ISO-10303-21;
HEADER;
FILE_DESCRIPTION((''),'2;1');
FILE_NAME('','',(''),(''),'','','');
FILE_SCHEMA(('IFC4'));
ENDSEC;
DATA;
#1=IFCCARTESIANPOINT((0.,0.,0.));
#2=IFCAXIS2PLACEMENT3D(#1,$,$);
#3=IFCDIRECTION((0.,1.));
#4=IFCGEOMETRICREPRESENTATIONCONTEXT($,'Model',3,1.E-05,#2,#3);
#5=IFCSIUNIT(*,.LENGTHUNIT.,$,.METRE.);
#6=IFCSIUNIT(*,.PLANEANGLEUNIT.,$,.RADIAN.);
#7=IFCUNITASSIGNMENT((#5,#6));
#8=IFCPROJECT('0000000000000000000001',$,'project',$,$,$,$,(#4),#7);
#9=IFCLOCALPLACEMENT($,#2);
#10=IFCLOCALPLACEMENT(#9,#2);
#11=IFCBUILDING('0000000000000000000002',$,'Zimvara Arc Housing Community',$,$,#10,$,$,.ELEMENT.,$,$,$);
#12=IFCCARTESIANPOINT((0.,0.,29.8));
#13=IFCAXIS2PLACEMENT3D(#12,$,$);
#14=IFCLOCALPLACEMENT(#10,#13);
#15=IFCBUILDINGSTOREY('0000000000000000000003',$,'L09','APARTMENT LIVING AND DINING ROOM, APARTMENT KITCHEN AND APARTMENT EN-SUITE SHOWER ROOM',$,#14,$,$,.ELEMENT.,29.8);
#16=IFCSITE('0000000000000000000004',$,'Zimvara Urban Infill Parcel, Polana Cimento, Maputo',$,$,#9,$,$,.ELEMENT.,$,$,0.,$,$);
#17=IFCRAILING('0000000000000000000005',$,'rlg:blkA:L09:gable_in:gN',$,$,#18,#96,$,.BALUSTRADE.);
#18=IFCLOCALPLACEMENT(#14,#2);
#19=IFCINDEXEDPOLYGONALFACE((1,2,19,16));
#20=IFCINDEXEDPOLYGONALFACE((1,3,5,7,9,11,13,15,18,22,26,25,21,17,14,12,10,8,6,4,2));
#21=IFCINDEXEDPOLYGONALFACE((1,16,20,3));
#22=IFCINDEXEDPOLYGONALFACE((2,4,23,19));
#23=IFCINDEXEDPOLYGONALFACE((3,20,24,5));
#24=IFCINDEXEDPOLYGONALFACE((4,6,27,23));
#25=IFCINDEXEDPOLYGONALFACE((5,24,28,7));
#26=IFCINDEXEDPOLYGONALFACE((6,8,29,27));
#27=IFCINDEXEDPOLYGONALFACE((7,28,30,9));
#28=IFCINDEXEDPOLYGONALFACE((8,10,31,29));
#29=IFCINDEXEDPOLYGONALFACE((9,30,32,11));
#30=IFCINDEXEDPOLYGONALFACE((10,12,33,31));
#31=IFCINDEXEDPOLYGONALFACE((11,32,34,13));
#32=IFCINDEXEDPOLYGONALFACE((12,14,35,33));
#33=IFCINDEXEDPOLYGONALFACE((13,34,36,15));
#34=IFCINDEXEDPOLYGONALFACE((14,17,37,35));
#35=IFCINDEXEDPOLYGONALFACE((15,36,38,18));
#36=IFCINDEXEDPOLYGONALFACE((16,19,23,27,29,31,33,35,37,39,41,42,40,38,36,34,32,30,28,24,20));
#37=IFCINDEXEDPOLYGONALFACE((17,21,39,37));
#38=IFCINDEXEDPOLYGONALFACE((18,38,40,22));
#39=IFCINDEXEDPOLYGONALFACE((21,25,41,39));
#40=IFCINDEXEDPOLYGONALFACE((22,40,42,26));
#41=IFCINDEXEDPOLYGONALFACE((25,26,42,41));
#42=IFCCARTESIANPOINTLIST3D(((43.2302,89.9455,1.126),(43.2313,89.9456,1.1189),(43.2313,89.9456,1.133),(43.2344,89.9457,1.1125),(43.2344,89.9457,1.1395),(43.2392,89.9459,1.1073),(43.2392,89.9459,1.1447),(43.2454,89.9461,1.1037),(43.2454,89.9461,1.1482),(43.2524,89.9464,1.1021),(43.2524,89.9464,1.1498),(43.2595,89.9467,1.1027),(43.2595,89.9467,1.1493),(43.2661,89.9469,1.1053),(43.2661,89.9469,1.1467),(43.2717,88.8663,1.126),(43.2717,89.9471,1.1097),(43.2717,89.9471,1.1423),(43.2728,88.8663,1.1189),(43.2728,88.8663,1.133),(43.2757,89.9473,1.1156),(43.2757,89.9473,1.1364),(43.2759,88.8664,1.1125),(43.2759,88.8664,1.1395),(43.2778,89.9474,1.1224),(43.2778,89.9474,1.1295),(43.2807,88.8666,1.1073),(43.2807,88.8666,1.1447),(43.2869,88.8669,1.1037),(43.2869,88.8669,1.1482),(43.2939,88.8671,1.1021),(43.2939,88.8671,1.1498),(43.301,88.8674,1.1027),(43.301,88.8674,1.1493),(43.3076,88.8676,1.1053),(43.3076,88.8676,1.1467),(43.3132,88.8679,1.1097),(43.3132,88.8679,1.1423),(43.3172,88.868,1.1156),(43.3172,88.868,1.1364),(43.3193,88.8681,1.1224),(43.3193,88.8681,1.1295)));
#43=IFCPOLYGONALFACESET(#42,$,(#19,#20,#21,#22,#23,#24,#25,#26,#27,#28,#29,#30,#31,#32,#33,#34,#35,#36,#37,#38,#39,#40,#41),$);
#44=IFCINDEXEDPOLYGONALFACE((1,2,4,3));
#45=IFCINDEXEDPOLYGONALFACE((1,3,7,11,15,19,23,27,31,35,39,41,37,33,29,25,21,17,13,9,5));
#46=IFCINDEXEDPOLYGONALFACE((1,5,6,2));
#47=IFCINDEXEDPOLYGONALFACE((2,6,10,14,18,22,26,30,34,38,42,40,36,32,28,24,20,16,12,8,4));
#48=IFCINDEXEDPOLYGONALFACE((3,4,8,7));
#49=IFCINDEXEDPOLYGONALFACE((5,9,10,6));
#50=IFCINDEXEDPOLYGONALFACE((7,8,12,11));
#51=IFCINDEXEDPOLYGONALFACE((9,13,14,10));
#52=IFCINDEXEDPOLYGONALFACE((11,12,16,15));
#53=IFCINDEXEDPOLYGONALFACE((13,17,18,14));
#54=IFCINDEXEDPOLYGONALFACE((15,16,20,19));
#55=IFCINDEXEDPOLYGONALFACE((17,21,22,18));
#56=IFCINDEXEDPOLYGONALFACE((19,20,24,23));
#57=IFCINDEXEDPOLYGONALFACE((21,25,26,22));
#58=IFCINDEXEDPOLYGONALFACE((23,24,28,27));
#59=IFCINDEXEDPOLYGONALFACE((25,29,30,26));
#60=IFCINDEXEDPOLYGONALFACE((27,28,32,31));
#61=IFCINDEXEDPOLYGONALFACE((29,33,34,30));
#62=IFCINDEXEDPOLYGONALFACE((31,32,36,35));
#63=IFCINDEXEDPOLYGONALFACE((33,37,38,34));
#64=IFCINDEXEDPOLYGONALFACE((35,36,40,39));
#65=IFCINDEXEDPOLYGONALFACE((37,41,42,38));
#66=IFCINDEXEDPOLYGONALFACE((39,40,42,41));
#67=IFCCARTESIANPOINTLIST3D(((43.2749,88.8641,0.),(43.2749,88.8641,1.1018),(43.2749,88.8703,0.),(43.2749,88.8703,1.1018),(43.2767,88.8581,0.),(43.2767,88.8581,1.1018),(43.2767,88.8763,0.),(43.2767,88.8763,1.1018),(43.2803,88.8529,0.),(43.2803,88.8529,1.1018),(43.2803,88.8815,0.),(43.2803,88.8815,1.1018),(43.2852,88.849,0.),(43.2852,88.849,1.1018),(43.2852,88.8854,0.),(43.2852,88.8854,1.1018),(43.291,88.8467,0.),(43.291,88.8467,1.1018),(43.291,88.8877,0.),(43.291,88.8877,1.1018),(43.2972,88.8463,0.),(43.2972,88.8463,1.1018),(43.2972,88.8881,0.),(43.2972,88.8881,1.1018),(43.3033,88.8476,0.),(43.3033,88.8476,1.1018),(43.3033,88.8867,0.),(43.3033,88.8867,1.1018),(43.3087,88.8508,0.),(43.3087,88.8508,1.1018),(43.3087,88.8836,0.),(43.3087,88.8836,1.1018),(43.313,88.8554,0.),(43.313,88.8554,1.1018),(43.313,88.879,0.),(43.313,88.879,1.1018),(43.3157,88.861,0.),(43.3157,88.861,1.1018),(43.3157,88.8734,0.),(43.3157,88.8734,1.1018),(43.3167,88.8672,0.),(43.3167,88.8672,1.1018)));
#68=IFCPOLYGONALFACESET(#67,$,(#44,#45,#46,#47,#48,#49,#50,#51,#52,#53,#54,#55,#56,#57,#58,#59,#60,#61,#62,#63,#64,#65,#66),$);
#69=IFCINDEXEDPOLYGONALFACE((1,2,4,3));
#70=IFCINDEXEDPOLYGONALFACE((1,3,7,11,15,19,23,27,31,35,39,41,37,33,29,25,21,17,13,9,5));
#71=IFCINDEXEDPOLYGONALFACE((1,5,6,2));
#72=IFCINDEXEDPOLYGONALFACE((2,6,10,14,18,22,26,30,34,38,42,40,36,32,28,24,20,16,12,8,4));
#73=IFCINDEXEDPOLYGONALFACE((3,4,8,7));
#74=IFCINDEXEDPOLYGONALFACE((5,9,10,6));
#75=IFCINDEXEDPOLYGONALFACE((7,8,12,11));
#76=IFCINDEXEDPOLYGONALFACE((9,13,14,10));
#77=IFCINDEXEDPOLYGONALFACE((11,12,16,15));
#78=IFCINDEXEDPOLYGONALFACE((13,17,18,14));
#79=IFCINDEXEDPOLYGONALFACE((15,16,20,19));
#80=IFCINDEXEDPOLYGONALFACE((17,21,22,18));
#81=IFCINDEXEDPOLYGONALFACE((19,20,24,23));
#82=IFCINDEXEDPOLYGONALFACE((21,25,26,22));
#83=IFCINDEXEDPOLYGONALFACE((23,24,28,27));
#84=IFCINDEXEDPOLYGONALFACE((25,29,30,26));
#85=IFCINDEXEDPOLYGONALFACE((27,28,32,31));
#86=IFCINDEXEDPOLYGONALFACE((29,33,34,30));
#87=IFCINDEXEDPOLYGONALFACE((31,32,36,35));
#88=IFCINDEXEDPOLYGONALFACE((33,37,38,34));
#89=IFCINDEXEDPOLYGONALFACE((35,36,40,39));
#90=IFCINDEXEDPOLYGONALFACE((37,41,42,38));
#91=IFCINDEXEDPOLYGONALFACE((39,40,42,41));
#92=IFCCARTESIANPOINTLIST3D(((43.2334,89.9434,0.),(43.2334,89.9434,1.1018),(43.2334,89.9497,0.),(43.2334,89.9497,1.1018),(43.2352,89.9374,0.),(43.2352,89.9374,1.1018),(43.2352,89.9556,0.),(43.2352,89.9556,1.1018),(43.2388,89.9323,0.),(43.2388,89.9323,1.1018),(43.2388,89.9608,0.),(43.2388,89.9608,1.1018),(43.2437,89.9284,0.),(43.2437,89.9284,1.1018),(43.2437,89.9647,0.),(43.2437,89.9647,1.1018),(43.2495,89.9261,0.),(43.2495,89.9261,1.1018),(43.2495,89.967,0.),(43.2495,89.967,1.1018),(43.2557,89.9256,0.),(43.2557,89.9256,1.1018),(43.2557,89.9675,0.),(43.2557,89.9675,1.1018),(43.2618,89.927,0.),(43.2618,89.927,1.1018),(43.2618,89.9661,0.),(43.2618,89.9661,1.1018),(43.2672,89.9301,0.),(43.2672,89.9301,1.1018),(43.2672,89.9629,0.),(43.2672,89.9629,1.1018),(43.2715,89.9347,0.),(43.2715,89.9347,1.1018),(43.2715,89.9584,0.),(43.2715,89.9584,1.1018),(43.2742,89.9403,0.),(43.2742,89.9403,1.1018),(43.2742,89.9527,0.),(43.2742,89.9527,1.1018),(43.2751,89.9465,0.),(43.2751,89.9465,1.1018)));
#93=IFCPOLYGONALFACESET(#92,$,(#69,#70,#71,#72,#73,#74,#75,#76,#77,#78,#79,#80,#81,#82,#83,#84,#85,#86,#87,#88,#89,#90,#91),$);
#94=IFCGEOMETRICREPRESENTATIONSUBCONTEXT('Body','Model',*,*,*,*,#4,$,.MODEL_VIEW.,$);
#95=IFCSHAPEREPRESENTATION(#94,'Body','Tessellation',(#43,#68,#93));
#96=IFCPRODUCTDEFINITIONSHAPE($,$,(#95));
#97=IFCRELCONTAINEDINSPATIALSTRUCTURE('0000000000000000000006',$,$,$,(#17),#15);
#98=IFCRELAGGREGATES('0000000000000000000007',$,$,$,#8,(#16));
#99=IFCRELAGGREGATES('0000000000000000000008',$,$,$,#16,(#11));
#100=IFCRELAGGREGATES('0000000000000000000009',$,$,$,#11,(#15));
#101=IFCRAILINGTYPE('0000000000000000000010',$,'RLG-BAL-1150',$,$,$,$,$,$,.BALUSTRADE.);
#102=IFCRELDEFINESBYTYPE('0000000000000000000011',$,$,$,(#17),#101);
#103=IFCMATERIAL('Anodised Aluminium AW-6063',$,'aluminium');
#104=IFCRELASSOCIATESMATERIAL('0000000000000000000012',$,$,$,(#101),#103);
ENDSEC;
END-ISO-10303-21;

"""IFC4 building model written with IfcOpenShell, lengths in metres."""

from ifc_helpers import new_model, si_unit, direction, frame, origin, origin_2d, place, context, subcontext, project, spatial, circle, extrude, material, type_object, element, save


model = new_model("IFC4")

# Units and contexts
model_context = context("Model", 3, precision=1e-05, world=origin(), true_north=direction((0.0, 1.0)))
body_context = subcontext(model_context, "Body", "Model", "MODEL_VIEW")
ifc_project = project(units=[si_unit("LENGTHUNIT", "METRE"), si_unit("PLANEANGLEUNIT", "RADIAN")], contexts=[model_context])

# Site, building, storey
site_placement = place(None, origin())
site = spatial("IfcSite", under=ifc_project, at=site_placement, Name="Zimvara Urban Infill Parcel, Polana Cimento, Maputo", CompositionType="ELEMENT", RefElevation=0.0)
building_placement = place(site_placement, origin())
building = spatial("IfcBuilding", under=site, at=building_placement, Name="Zimvara Arc Housing Community", CompositionType="ELEMENT")
storey_placement = place(building_placement, frame((0.0, 0.0, 29.8)))
storey = spatial("IfcBuildingStorey", under=building, at=storey_placement, Name="L09", Description="APARTMENT LIVING AND DINING ROOM, APARTMENT KITCHEN AND APARTMENT EN-SUITE SHOWER ROOM", CompositionType="ELEMENT", Elevation=29.8)

# Railing
ifc_material_1 = material(Name="Anodised Aluminium AW-6063", Category="aluminium")
railing_type = type_object("IfcRailingType", Name="RLG-BAL-1150", PredefinedType="BALUSTRADE", material=ifc_material_1)
railing_placement = place(storey_placement, frame((43.2957, 88.8672, 0.0)))
element("IfcRailing", 1, at=railing_placement, inside=storey, type_object=railing_type, Name="rlg:blkA:L09:gable_in:gN", PredefinedType="BALUSTRADE", context=body_context, shape_type="SweptSolid", body=[
    extrude(circle(Radius=0.0239, at=origin_2d()), frame((0.0, 0.0, 1.126), z_axis=(-0.038424, 0.999262, 0.0), x_axis=(-0.999262, -0.038424, 0.0)), (0.0, 0.0, 1.0), 1.0801),
    extrude(circle(Radius=0.021, at=origin_2d()), origin(), (0.0, 0.0, 1.0), 1.1018),
    extrude(circle(Radius=0.021, at=origin_2d()), frame((-0.0415, 1.0793, 0.0)), (0.0, 0.0, 1.0), 1.1018),
])

save(model, "model.ifc")
